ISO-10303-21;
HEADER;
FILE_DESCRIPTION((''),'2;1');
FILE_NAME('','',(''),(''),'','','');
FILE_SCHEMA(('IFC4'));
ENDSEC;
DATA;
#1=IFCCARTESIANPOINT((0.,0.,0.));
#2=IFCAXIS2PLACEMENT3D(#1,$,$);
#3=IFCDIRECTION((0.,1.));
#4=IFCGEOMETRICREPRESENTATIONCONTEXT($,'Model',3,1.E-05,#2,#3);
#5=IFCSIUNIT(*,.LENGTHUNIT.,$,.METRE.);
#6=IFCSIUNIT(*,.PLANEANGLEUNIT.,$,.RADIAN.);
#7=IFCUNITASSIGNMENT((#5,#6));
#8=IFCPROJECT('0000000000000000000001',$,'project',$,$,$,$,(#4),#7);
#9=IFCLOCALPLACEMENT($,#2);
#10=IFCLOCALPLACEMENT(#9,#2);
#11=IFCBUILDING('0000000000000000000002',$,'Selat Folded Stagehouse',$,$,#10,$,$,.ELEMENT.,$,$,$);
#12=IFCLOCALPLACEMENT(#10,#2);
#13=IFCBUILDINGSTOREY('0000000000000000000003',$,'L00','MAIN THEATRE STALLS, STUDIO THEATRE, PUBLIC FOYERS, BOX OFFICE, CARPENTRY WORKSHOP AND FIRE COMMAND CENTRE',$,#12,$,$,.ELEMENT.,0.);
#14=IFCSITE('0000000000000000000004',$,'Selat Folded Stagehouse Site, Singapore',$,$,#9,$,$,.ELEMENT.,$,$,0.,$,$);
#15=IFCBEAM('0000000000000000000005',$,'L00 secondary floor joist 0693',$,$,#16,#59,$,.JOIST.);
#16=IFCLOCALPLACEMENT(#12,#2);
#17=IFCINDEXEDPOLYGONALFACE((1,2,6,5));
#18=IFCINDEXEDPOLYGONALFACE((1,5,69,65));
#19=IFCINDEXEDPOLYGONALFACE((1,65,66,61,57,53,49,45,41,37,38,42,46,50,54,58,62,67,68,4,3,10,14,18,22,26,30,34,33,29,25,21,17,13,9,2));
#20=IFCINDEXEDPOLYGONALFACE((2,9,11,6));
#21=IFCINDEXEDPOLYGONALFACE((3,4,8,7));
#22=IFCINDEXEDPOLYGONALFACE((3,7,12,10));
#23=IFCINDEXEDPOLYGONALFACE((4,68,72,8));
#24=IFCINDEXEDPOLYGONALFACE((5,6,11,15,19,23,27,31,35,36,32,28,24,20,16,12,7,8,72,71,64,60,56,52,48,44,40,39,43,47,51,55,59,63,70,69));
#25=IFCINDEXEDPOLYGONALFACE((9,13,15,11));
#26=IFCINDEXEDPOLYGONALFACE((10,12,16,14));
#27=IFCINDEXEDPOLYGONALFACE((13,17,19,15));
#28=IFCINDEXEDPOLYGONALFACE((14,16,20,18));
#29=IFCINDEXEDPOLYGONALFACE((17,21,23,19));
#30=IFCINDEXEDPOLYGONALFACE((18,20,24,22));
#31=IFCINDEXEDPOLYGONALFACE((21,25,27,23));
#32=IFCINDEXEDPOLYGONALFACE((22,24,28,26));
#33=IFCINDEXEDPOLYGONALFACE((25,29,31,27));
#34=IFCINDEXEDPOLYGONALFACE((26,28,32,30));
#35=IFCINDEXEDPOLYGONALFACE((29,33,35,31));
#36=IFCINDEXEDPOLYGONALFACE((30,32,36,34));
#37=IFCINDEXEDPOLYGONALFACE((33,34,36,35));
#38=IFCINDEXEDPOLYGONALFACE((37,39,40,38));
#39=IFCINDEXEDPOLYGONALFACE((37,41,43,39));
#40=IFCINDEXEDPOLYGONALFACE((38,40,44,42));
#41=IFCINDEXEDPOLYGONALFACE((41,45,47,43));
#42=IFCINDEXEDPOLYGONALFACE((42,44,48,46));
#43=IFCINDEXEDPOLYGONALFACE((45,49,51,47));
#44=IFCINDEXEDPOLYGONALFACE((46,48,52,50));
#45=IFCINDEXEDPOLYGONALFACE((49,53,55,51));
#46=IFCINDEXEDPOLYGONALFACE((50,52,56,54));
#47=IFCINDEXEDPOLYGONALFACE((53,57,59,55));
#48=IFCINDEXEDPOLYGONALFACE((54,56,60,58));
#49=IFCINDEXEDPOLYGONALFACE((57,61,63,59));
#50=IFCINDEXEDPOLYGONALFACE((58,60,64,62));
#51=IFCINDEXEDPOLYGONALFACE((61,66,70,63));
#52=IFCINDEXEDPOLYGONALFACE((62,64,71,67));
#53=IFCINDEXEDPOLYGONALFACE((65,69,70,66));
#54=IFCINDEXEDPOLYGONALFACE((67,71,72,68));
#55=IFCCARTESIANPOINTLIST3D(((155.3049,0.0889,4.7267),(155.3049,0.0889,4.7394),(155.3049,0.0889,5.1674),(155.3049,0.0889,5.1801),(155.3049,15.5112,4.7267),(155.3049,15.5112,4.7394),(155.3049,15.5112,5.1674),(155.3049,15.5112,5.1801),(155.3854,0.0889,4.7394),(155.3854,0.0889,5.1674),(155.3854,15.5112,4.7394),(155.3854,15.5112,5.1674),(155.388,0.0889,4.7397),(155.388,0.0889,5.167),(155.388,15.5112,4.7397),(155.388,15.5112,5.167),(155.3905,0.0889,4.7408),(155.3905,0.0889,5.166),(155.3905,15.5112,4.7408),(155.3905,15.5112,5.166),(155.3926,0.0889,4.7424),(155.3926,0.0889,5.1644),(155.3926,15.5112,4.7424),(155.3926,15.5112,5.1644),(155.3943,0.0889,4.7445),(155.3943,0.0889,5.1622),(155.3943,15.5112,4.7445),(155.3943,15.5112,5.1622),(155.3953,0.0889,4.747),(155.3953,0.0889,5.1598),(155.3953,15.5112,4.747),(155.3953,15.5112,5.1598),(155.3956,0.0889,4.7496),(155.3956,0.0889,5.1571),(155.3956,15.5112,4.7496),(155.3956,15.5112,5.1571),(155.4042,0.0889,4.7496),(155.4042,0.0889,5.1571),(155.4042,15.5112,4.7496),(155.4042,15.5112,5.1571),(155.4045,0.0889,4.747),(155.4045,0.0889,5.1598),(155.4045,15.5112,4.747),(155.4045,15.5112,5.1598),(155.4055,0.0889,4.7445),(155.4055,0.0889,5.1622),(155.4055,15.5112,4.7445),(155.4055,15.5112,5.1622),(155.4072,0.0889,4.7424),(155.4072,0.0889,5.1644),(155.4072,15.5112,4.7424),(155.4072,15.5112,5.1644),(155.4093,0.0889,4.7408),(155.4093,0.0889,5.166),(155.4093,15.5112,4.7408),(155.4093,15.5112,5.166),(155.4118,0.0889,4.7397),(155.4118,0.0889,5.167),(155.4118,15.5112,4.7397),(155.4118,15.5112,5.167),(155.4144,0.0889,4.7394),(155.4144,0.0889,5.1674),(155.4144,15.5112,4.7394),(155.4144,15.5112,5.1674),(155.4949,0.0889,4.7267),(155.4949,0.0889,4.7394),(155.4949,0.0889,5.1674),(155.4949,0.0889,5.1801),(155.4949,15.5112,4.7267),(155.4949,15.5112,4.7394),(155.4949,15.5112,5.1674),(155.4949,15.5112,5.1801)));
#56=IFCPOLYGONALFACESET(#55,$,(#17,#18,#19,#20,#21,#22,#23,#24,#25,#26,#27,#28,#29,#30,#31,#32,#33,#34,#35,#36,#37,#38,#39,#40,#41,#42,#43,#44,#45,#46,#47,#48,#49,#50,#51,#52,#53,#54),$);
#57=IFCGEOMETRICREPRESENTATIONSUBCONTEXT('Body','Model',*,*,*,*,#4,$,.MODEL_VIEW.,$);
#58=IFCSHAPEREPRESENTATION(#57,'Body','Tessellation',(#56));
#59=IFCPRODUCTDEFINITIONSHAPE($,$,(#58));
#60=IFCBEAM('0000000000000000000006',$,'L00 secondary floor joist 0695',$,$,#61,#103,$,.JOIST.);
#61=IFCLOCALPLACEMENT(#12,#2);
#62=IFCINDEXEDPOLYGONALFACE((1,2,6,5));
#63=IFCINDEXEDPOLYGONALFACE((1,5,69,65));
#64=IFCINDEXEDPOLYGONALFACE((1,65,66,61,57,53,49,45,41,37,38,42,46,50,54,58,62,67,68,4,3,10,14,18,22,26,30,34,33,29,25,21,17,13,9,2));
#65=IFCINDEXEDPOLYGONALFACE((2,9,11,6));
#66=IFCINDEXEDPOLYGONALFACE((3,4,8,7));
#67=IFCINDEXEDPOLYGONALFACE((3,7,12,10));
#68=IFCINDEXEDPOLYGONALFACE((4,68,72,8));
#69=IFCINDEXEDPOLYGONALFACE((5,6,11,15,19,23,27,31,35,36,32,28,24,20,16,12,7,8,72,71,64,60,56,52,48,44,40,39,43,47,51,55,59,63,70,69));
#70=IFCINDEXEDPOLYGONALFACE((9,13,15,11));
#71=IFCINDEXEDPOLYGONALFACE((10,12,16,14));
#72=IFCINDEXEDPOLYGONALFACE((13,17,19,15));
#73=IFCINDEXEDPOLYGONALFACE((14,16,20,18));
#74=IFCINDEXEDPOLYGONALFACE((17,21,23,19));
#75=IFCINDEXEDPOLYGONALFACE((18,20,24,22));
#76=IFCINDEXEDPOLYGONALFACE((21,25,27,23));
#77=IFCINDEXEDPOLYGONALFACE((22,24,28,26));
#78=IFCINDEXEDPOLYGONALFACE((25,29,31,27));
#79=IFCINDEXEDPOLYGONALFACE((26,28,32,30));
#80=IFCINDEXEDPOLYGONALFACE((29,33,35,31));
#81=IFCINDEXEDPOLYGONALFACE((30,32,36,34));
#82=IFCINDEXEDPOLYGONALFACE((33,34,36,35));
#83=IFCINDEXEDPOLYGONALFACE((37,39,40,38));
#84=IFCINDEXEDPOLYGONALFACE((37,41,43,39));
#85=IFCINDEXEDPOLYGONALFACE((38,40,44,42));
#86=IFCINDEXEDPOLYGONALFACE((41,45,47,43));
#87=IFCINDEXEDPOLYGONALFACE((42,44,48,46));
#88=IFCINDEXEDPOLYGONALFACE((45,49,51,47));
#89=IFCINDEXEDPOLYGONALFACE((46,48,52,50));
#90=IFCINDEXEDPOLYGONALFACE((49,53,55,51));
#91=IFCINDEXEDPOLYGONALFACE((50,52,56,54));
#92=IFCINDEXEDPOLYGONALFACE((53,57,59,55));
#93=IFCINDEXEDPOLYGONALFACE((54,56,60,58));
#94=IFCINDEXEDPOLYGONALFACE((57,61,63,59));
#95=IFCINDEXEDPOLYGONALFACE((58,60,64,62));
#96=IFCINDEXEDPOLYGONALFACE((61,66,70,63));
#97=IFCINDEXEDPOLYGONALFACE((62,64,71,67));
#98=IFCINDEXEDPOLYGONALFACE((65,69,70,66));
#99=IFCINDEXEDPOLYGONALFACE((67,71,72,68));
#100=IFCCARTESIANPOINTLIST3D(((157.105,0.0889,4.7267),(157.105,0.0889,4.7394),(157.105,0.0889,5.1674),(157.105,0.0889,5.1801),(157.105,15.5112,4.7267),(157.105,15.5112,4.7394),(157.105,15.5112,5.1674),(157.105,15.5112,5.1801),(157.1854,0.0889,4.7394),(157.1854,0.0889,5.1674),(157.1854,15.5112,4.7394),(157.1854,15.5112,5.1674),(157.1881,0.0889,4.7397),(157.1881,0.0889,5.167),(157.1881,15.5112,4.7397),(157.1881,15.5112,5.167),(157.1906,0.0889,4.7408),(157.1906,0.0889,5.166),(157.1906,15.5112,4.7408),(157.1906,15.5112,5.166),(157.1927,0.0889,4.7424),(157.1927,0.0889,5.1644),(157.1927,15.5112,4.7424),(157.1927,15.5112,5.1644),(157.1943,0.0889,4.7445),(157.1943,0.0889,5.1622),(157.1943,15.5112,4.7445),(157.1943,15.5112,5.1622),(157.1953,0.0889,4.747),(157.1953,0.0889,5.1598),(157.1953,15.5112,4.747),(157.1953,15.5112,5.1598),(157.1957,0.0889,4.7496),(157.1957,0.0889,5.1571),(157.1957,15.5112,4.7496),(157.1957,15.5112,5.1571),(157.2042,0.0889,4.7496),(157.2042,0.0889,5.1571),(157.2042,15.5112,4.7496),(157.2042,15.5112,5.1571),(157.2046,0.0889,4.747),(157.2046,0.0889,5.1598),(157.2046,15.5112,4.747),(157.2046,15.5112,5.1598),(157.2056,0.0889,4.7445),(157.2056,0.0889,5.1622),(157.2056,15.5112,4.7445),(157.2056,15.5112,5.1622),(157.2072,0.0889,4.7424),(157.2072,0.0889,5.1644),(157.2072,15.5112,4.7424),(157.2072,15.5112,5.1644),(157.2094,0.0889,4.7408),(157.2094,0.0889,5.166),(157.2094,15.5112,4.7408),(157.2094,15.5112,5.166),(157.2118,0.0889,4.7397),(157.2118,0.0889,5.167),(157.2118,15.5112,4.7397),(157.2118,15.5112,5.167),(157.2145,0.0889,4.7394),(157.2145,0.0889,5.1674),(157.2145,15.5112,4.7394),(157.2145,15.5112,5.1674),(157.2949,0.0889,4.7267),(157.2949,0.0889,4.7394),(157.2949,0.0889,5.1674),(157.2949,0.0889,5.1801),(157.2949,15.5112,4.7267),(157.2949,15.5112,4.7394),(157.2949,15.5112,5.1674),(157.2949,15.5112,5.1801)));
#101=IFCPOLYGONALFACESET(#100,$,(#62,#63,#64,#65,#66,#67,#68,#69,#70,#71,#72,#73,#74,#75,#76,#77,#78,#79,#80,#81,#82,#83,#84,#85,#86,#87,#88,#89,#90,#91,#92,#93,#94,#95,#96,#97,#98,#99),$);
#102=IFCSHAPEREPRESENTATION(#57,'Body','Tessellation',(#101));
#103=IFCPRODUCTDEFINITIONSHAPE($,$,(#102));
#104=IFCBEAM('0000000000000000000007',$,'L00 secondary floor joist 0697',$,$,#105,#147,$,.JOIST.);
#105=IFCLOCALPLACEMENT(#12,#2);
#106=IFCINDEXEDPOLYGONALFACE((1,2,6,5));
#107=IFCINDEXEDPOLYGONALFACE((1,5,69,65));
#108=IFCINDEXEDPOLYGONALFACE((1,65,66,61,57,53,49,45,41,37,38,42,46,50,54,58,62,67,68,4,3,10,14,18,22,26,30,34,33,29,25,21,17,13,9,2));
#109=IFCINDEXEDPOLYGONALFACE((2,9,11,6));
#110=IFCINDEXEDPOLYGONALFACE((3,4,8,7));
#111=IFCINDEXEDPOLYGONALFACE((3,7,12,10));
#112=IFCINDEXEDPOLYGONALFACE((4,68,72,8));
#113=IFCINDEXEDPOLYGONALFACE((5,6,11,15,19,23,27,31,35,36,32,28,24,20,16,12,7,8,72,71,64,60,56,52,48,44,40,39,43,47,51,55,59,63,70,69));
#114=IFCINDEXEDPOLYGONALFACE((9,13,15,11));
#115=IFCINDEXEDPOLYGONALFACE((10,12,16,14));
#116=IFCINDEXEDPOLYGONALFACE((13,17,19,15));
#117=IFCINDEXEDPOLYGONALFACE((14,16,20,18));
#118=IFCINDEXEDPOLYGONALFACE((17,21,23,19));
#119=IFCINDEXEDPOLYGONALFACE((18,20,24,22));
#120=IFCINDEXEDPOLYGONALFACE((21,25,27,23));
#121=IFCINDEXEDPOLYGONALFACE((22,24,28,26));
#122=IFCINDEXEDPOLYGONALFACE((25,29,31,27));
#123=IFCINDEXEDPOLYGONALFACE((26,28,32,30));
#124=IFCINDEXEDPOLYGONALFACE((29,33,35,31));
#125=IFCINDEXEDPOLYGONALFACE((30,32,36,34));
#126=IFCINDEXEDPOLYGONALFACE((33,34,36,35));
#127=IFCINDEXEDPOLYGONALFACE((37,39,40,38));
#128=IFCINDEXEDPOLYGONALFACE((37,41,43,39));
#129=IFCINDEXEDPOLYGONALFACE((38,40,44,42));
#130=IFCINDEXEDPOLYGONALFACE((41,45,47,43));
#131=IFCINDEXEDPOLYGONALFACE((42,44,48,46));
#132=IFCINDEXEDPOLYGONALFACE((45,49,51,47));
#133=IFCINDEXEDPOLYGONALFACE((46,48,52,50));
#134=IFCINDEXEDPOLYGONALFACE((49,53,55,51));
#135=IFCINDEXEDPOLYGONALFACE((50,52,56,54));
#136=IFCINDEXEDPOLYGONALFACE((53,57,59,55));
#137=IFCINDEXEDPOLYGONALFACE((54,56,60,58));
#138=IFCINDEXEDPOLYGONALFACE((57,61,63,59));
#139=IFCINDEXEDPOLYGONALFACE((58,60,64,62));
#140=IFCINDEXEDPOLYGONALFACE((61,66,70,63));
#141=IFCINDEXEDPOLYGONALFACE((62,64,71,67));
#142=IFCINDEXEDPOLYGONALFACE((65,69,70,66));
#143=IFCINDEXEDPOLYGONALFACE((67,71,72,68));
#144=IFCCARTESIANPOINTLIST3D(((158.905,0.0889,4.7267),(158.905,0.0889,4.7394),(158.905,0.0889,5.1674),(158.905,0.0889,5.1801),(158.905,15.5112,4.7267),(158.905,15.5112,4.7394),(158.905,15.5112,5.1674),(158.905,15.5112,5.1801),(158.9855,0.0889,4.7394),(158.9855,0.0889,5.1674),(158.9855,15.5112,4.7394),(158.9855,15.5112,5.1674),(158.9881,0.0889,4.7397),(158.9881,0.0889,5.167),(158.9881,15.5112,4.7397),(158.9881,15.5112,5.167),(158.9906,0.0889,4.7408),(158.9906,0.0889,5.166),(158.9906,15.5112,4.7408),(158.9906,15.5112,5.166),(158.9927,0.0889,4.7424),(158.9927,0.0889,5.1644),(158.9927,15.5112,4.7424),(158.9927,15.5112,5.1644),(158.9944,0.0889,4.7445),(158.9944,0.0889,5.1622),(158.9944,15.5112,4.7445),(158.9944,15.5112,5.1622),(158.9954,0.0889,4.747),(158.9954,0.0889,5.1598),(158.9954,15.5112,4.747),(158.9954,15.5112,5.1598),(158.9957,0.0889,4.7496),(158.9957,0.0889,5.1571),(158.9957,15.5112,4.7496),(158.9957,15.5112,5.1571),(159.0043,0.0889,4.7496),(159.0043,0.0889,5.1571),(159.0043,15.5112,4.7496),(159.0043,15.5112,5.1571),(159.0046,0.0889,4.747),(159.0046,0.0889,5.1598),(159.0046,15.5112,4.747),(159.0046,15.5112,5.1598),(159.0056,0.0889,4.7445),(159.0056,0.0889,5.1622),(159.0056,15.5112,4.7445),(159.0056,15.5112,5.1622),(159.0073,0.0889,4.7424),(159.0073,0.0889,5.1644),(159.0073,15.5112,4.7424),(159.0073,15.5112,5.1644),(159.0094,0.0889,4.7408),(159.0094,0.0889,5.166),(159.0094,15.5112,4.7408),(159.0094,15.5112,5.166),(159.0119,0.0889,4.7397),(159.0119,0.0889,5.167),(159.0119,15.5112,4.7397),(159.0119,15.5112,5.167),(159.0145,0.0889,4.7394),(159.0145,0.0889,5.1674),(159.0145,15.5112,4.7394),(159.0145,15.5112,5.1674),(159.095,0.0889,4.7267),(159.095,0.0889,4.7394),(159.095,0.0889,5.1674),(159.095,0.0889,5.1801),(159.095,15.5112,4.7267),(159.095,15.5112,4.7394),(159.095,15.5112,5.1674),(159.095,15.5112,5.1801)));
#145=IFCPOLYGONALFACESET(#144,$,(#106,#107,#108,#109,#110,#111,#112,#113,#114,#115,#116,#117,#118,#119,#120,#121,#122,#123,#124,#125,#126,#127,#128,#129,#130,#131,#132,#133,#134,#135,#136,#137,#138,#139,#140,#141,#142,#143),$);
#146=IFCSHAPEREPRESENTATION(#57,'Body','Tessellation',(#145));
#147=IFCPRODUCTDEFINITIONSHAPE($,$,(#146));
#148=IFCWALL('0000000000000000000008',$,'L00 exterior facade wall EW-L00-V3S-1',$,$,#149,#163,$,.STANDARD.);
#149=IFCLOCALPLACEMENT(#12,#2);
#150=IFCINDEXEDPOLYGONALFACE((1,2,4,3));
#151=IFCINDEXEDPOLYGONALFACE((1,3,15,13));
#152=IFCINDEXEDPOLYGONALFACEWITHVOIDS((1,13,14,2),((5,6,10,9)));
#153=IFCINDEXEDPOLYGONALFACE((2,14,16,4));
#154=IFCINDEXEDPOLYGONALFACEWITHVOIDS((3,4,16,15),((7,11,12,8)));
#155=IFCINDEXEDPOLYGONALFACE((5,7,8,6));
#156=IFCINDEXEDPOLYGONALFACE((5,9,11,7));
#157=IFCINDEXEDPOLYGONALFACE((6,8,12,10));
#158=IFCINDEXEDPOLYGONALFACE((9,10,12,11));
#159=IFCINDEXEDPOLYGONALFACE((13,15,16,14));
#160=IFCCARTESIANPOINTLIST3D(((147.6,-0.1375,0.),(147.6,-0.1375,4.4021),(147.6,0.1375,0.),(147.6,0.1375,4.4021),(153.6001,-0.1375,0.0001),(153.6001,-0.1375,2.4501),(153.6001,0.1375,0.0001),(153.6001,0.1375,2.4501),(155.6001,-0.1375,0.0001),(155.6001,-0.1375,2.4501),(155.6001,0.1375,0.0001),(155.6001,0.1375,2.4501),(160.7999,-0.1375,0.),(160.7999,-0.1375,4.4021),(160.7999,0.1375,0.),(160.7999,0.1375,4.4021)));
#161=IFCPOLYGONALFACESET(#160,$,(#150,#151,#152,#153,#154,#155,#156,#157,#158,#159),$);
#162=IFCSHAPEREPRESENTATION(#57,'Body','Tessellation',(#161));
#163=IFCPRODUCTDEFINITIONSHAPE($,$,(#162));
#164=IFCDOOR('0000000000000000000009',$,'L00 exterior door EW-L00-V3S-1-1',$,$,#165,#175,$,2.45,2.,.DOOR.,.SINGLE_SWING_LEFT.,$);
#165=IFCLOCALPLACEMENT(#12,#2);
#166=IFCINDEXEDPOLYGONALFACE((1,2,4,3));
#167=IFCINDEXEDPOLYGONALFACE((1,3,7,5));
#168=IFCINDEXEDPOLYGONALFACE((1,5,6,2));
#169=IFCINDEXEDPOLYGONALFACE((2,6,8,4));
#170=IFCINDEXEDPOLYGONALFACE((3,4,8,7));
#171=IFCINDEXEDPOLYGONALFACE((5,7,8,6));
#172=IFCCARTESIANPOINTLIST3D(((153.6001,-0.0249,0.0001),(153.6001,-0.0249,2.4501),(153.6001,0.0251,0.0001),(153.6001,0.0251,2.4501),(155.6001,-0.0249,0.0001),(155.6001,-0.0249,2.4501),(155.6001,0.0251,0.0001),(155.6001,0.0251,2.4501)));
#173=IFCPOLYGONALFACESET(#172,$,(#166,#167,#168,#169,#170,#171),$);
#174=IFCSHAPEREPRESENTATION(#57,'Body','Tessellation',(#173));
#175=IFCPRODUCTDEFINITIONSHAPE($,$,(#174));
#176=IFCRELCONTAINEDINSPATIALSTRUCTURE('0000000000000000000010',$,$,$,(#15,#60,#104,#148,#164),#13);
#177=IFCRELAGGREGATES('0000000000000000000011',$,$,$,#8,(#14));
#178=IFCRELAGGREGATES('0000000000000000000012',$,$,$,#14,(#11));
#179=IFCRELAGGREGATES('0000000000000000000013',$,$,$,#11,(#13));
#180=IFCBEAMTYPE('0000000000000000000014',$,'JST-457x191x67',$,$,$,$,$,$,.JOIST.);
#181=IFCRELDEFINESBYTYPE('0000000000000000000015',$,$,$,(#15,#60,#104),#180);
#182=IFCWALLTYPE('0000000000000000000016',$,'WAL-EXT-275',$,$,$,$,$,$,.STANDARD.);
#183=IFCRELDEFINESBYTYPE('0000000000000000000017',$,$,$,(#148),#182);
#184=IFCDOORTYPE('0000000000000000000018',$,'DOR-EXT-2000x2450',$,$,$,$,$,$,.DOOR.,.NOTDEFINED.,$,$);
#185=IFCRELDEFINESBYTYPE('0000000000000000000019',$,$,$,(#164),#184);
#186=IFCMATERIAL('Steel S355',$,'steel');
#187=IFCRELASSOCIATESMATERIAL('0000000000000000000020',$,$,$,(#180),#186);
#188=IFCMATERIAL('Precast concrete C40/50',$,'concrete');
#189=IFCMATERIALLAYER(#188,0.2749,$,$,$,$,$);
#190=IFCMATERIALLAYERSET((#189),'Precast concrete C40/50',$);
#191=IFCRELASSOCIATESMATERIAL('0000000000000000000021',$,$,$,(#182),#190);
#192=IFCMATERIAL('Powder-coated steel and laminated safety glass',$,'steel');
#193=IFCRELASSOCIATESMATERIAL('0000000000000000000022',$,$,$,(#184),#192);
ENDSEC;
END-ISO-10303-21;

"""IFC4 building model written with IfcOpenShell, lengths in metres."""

from ifc_helpers import new_model, si_unit, direction, frame, frame_2d, origin, origin_2d, place, context, subcontext, project, spatial, rectangle, i_section, extrude, material, layer, layer_set, material_profile, profile_set, type_object, element, fill, save


model = new_model("IFC4")

# Units and contexts
model_context = context("Model", 3, precision=1e-05, world=origin(), true_north=direction((0.0, 1.0)))
body_context = subcontext(model_context, "Body", "Model", "MODEL_VIEW")
ifc_project = project(units=[si_unit("LENGTHUNIT", "METRE"), si_unit("PLANEANGLEUNIT", "RADIAN")], contexts=[model_context])

# Site, building, storey
site_placement = place(None, origin())
site = spatial("IfcSite", under=ifc_project, at=site_placement, Name="Selat Folded Stagehouse Site, Singapore", CompositionType="ELEMENT", RefElevation=0.0)
building_placement = place(site_placement, origin())
building = spatial("IfcBuilding", under=site, at=building_placement, Name="Selat Folded Stagehouse", CompositionType="ELEMENT")
storey_placement = place(building_placement, origin())
storey = spatial("IfcBuildingStorey", under=building, at=storey_placement, Name="L00", Description="MAIN THEATRE STALLS, STUDIO THEATRE, PUBLIC FOYERS, BOX OFFICE, CARPENTRY WORKSHOP AND FIRE COMMAND CENTRE", CompositionType="ELEMENT", Elevation=0.0)

# Shared definitions
ifc_material_1 = material(Name="Steel S355", Category="steel")

# Beams
ifc_material_profile_1 = material_profile(ifc_material_1, i_section(OverallWidth=0.1899, OverallDepth=0.4534, WebThickness=0.0085, FlangeThickness=0.0127, FilletRadius=0.0103, at=origin_2d()), Name="UKB 457x191x67")
ifc_profile_set_1 = profile_set([ifc_material_profile_1], Name="Steel S355")
beam_type_1 = type_object("IfcBeamType", Name="JST-457x191x67", PredefinedType="JOIST", material=ifc_profile_set_1)
for number, where, z_axis, x_axis, name in (
    (1, (155.3999, 0.0889, 4.9534), (0.0, 1.0, 0.0), (-1.0, 0.0, 0.0), "L00 secondary floor joist 0693"),
    (2, (157.2, 0.0889, 4.9534), (0.0, 1.0, 0.0), (-1.0, 0.0, 0.0), "L00 secondary floor joist 0695"),
    (3, (159.0, 0.0889, 4.9534), (0.0, 1.0, 0.0), (-1.0, 0.0, 0.0), "L00 secondary floor joist 0697"),
):
    element("IfcBeam", number, at=place(storey_placement, frame(where, z_axis=z_axis, x_axis=x_axis)), inside=storey, type_object=beam_type_1, Name=name, PredefinedType="JOIST", context=body_context, shape_type="SweptSolid", body=[
        extrude(i_section(OverallWidth=0.1899, OverallDepth=0.4534, WebThickness=0.0085, FlangeThickness=0.0127, FilletRadius=0.0103, at=origin_2d()), origin(), (0.0, 0.0, 1.0), 15.4224),
    ])

# Wall, opening, door
ifc_material_2 = material(Name="Precast concrete C40/50", Category="concrete")
ifc_layer_1 = layer(ifc_material_2, 0.2749)
ifc_layer_set_1 = layer_set([ifc_layer_1], Name="Precast concrete C40/50")
wall_type_1 = type_object("IfcWallType", Name="WAL-EXT-275", PredefinedType="STANDARD", material=ifc_layer_set_1)
wall_1_placement = place(storey_placement, frame((160.8, 0.0, 0.0), z_axis=(0.0, 0.0, 1.0), x_axis=(-1.0, 0.0, 0.0)))
wall_1 = element("IfcWall", 4, at=wall_1_placement, inside=storey, type_object=wall_type_1, Name="L00 exterior facade wall EW-L00-V3S-1", PredefinedType="STANDARD", context=body_context, shape_type="SweptSolid", body=[
    extrude(rectangle(XDim=13.2, YDim=0.2749, at=frame_2d((6.6001, 0.0))), origin(), (0.0, 0.0, 1.0), 4.4021),
])
opening_1_placement = place(wall_1_placement, frame((5.2, 0.0, 0.0)))
opening_1 = element("IfcOpeningElement", 5, at=opening_1_placement, cuts=wall_1, PredefinedType="OPENING", context=body_context, shape_type="SweptSolid", body=[
    extrude(rectangle(XDim=2.0, YDim=2.45, at=frame_2d((1.0, 1.2251))), frame((0.0, 0.1475, 0.0), z_axis=(0.0, -1.0, 0.0), x_axis=(1.0, 0.0, 0.0)), (0.0, 0.0, 1.0), 0.2949),
])
ifc_material_3 = material(Name="Powder-coated steel and laminated safety glass", Category="steel")
door_type_1 = type_object("IfcDoorType", Name="DOR-EXT-2000x2450", OperationType="NOTDEFINED", PredefinedType="DOOR", material=ifc_material_3)
door_1_placement = place(opening_1_placement, origin())
door_1 = element("IfcDoor", 6, at=door_1_placement, inside=storey, type_object=door_type_1, Name="L00 exterior door EW-L00-V3S-1-1", OperationType="SINGLE_SWING_LEFT", OverallHeight=2.45, OverallWidth=2.0, PredefinedType="DOOR", context=body_context, shape_type="SweptSolid", body=[
    extrude(rectangle(XDim=2.0, YDim=2.45, at=frame_2d((1.0, 1.2251))), frame((0.0, 0.0249, 0.0), z_axis=(0.0, -1.0, 0.0), x_axis=(1.0, 0.0, 0.0)), (0.0, 0.0, 1.0), 0.05),
])
fill(opening_1, door_1)

save(model, "model.ifc")
